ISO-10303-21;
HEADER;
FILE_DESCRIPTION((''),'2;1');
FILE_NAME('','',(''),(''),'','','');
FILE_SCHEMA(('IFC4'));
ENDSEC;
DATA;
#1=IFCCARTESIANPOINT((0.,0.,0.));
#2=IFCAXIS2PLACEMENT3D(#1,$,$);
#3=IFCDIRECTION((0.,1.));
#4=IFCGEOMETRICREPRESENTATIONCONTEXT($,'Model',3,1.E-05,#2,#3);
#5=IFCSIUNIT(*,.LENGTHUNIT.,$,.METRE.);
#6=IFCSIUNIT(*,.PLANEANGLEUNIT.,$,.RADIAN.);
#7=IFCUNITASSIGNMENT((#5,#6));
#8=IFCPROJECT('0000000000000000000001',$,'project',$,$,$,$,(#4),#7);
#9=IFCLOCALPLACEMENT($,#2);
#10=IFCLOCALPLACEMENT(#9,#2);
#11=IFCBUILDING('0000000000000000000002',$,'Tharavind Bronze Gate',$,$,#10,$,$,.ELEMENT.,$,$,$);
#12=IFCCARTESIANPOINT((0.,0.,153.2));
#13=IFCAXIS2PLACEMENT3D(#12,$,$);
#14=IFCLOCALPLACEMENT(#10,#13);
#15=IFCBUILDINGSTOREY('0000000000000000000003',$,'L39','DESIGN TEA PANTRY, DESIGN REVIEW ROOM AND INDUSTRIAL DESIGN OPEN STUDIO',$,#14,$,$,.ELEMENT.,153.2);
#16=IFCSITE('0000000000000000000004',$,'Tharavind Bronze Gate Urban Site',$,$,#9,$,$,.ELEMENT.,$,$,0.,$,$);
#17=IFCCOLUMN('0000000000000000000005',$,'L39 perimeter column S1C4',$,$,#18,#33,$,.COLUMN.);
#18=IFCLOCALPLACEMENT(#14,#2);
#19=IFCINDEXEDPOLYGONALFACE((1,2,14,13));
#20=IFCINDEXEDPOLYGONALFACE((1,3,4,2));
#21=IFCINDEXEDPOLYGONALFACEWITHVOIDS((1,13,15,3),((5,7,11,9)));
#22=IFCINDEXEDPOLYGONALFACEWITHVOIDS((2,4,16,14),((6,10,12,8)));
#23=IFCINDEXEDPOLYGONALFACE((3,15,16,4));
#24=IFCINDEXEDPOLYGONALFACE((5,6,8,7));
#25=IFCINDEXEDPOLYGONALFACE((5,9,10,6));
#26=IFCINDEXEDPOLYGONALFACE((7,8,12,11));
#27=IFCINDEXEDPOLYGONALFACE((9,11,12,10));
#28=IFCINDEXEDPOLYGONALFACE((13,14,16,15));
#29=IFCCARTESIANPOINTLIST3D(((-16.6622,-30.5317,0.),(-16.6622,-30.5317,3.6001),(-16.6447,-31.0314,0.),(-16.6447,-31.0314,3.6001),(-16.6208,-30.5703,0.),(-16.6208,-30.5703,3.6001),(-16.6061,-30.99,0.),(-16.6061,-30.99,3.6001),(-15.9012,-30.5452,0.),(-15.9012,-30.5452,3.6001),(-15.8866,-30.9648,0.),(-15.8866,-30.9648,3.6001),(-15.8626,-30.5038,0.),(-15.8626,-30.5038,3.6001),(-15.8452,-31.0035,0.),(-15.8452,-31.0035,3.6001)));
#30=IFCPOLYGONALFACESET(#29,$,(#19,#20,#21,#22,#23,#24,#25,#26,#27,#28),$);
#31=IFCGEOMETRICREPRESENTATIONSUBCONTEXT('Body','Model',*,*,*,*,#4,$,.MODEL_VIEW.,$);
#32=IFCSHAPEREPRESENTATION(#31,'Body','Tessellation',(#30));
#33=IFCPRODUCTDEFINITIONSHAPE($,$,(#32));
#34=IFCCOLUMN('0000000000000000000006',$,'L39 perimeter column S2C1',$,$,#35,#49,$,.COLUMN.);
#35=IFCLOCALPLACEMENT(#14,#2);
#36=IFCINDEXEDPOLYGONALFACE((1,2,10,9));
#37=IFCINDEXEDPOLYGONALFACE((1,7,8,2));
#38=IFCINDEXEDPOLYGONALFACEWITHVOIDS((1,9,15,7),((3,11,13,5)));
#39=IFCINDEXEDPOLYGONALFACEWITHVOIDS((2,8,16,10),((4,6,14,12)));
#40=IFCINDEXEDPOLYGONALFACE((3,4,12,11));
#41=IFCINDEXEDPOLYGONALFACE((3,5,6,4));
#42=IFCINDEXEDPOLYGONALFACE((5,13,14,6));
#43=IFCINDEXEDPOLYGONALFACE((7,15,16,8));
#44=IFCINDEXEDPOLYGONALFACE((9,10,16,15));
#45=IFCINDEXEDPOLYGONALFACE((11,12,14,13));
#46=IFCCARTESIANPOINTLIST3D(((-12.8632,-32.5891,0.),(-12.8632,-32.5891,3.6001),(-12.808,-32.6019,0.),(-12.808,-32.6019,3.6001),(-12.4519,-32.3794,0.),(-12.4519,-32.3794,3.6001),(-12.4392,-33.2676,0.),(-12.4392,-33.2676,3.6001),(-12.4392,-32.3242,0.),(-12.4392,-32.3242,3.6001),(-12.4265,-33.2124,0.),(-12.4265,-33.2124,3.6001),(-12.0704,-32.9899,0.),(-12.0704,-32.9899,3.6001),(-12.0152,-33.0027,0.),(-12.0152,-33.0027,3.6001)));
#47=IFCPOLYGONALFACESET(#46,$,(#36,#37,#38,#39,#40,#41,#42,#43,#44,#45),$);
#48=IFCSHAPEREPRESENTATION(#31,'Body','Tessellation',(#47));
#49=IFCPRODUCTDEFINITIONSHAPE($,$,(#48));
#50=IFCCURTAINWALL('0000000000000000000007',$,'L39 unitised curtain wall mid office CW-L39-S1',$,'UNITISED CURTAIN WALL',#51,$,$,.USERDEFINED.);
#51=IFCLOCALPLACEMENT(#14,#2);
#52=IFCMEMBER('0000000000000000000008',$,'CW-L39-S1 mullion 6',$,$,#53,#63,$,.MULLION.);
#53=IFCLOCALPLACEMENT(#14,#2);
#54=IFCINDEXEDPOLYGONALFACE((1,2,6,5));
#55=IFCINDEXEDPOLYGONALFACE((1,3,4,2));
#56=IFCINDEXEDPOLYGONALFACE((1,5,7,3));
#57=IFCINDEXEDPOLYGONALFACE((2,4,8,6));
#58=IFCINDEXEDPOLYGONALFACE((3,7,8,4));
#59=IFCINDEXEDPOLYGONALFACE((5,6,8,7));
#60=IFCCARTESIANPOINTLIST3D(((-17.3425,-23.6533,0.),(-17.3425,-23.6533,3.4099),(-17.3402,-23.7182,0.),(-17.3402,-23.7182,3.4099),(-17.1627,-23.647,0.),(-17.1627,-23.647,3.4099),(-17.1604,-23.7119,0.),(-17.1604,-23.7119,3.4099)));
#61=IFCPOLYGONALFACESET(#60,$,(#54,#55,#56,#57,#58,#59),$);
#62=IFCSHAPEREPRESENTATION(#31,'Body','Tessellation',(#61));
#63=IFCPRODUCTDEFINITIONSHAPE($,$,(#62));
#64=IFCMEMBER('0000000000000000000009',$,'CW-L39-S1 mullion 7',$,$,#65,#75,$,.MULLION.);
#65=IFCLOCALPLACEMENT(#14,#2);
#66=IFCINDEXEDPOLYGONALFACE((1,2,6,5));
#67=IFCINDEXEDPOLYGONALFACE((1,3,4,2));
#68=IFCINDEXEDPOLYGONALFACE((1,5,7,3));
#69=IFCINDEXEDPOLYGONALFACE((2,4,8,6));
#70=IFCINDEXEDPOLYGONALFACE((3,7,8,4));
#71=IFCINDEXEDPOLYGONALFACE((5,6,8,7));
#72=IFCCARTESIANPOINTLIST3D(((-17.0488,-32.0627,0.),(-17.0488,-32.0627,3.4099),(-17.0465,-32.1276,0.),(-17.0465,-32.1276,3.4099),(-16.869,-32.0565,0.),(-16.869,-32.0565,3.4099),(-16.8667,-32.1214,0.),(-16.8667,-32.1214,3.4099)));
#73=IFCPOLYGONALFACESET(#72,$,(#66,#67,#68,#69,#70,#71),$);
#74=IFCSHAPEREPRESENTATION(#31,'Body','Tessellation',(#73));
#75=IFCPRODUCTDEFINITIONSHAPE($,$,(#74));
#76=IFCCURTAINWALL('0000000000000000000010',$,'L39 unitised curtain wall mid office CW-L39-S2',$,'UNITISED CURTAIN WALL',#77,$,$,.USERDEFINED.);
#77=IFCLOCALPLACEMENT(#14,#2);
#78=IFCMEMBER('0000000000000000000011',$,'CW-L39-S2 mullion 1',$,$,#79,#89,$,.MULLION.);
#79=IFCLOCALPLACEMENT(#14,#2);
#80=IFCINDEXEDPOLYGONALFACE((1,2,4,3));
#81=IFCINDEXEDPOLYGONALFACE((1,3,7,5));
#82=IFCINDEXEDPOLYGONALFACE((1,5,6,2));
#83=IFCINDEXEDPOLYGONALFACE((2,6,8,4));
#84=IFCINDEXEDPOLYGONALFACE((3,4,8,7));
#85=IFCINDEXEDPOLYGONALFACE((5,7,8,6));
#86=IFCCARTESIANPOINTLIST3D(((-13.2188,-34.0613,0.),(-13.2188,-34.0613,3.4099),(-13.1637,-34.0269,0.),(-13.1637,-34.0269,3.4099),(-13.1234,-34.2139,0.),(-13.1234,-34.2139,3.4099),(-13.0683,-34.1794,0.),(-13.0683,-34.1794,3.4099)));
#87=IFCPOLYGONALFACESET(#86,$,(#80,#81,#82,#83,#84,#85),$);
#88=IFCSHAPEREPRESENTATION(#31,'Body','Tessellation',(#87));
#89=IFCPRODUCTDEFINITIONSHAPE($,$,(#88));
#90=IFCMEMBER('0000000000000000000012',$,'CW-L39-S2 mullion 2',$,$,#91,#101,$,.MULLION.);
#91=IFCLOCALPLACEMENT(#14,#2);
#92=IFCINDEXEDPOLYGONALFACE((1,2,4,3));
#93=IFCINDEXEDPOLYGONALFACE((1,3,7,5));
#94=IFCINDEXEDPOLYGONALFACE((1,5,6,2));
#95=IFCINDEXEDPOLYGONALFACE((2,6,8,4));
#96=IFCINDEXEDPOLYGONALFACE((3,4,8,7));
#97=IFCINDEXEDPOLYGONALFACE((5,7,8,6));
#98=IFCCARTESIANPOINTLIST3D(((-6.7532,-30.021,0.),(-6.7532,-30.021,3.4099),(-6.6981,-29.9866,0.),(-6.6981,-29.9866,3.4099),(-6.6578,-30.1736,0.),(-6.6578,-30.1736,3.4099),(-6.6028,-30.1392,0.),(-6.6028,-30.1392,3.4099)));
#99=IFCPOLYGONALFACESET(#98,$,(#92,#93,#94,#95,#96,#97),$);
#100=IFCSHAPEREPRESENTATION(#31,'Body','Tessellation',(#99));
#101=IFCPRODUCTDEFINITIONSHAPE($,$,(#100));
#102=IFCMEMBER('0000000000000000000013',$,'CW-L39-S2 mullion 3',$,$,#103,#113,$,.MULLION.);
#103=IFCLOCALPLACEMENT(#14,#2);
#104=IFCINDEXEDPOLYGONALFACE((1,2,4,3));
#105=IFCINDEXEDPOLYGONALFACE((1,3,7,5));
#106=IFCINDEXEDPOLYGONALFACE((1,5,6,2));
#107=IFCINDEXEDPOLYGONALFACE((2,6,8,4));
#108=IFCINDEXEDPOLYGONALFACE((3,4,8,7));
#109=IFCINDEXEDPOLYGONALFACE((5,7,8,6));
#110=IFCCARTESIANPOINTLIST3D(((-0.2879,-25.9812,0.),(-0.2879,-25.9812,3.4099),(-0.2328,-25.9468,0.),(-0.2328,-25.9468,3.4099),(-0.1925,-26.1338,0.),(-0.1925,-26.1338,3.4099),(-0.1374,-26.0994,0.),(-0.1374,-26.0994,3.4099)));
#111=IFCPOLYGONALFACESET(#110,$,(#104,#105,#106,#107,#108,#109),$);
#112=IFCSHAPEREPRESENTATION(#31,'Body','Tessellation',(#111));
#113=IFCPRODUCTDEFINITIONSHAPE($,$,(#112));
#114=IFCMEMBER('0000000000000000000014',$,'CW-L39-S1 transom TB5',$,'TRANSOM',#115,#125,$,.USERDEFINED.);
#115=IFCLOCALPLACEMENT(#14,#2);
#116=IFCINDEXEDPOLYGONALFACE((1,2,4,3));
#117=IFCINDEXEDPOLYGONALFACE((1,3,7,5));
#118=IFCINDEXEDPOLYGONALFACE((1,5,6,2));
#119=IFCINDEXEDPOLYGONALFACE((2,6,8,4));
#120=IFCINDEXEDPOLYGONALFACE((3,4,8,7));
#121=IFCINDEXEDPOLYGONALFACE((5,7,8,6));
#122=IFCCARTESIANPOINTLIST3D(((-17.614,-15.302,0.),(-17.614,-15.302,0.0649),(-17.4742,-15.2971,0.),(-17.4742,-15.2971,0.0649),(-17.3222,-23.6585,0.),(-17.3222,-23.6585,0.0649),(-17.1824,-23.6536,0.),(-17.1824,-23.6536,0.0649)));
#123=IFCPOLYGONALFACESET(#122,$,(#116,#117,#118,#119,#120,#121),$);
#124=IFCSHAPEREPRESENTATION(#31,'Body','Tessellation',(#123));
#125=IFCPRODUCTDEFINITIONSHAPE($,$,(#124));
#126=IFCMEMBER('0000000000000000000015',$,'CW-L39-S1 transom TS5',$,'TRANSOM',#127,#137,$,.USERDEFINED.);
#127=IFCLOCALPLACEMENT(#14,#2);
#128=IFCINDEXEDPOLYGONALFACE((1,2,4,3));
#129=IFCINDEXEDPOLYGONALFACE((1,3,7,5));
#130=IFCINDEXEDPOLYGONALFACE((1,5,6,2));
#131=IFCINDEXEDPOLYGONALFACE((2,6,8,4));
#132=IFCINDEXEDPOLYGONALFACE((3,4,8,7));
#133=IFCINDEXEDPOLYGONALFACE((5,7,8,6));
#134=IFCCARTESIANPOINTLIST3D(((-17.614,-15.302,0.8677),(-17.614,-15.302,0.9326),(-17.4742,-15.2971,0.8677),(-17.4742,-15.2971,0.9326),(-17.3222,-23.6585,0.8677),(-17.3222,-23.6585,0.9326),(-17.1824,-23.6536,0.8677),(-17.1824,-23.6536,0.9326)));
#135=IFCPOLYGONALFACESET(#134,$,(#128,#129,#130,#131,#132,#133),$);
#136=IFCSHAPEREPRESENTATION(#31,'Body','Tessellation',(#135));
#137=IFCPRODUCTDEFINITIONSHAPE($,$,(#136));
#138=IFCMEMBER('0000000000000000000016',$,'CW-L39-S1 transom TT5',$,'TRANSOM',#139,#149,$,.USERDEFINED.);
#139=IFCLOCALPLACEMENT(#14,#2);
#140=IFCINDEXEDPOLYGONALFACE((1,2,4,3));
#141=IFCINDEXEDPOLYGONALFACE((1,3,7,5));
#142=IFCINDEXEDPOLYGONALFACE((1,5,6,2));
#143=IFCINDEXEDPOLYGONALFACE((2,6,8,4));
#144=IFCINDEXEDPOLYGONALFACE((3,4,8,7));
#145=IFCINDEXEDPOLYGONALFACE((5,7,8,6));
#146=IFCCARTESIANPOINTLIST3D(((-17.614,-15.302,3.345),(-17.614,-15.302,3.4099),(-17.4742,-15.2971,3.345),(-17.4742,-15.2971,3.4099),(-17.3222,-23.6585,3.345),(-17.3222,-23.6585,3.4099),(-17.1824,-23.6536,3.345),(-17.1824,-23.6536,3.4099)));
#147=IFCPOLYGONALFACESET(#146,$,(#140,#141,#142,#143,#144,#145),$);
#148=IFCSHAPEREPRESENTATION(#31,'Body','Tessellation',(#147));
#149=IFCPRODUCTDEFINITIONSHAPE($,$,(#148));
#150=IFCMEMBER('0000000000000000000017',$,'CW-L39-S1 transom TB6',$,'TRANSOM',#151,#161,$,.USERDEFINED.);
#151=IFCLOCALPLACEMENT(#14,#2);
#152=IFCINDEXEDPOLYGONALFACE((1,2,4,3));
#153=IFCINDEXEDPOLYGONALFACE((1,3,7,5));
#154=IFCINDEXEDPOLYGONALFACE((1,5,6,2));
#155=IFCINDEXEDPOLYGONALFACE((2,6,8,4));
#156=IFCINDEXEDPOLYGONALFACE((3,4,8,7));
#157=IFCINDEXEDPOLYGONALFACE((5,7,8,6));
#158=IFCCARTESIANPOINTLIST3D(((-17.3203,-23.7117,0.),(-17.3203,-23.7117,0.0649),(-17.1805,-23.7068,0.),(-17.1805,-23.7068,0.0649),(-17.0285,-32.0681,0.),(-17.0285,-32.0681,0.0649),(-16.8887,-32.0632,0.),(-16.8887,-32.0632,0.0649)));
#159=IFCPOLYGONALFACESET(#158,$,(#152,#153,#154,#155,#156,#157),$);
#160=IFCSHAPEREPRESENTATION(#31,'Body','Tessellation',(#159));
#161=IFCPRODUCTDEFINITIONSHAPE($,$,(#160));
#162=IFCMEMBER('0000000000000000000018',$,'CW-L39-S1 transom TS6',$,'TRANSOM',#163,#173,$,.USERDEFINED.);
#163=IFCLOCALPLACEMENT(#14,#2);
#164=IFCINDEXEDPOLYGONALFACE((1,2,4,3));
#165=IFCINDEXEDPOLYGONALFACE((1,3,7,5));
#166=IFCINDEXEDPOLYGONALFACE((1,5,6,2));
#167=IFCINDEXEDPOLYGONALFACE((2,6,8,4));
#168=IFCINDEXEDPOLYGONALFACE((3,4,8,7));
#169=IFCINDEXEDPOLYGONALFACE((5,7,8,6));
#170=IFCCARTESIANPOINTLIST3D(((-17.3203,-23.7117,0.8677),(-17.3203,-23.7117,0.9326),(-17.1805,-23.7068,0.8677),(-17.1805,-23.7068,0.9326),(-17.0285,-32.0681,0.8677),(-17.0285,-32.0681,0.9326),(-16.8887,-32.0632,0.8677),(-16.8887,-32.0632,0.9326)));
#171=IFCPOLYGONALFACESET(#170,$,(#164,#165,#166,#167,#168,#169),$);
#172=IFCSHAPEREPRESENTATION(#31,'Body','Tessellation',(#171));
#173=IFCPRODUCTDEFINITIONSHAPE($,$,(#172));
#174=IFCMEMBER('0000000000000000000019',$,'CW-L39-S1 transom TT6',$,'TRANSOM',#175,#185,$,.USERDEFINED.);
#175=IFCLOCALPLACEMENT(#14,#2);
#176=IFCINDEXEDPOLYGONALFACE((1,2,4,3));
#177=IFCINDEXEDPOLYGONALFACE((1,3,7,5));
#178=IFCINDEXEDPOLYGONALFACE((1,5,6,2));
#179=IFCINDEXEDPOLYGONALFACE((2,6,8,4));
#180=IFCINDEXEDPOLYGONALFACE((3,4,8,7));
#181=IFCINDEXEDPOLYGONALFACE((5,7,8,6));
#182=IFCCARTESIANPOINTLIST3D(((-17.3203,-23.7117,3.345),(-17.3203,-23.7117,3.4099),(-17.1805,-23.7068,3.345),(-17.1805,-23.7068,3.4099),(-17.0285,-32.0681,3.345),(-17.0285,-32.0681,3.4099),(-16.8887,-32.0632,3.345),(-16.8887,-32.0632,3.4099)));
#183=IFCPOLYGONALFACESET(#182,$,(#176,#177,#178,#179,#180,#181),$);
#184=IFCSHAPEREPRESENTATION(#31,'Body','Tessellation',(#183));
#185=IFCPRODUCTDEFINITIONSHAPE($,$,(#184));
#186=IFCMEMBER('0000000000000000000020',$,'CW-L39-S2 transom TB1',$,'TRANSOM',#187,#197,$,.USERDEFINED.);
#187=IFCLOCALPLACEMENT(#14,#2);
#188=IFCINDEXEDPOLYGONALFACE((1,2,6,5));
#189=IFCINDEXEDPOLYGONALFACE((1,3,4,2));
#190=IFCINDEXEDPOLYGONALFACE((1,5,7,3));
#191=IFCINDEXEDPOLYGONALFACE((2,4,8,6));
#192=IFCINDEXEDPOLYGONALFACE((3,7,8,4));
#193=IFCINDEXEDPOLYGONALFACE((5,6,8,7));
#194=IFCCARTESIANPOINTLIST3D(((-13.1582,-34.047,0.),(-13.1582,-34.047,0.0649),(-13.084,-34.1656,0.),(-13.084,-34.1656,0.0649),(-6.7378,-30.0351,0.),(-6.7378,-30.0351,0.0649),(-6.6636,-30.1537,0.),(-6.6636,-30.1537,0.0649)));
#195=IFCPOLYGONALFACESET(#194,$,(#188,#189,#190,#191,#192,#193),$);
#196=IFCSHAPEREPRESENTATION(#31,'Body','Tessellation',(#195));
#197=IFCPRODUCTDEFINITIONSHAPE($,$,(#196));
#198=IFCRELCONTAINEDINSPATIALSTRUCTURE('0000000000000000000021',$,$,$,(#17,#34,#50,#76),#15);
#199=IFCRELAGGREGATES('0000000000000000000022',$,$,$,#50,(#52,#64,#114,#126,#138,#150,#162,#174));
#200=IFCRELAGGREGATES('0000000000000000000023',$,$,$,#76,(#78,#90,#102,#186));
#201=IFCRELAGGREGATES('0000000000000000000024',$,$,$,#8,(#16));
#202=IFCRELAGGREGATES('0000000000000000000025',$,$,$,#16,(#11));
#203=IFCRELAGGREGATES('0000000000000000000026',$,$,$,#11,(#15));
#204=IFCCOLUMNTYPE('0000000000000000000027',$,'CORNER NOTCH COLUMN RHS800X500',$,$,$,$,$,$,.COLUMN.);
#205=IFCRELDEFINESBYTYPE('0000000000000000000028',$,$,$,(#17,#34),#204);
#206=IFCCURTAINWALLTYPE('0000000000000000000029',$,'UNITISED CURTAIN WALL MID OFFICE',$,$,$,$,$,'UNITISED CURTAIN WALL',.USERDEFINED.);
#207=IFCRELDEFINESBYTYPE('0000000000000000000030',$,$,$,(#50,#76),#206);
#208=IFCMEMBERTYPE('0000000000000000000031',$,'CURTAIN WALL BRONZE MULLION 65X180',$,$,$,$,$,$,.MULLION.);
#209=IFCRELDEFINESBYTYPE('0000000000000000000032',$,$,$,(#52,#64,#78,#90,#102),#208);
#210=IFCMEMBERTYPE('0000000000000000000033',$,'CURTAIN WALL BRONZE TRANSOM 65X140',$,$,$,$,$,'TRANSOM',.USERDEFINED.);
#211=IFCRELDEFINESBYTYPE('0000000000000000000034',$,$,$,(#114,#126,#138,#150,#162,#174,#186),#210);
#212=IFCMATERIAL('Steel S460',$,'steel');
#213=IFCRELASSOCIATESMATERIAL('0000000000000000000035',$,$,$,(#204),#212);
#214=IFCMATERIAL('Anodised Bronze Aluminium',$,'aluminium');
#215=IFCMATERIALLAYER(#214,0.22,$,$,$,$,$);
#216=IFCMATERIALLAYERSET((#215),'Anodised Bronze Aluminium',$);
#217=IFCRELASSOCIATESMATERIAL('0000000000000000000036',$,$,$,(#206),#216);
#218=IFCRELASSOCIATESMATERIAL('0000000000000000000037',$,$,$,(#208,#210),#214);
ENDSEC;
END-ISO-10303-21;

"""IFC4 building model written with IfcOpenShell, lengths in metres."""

from ifc_helpers import new_model, si_unit, direction, frame, origin, origin_2d, place, context, subcontext, project, spatial, rectangle, hollow_rectangle, extrude, material, layer, layer_set, material_profile, profile_set, type_object, element, aggregate, save


model = new_model("IFC4")

# Units and contexts
model_context = context("Model", 3, precision=1e-05, world=origin(), true_north=direction((0.0, 1.0)))
body_context = subcontext(model_context, "Body", "Model", "MODEL_VIEW")
ifc_project = project(units=[si_unit("LENGTHUNIT", "METRE"), si_unit("PLANEANGLEUNIT", "RADIAN")], contexts=[model_context])

# Site, building, storey
site_placement = place(None, origin())
site = spatial("IfcSite", under=ifc_project, at=site_placement, Name="Tharavind Bronze Gate Urban Site", CompositionType="ELEMENT", RefElevation=0.0)
building_placement = place(site_placement, origin())
building = spatial("IfcBuilding", under=site, at=building_placement, Name="Tharavind Bronze Gate", CompositionType="ELEMENT")
storey_placement = place(building_placement, frame((0.0, 0.0, 153.2)))
storey = spatial("IfcBuildingStorey", under=building, at=storey_placement, Name="L39", Description="DESIGN TEA PANTRY, DESIGN REVIEW ROOM AND INDUSTRIAL DESIGN OPEN STUDIO", CompositionType="ELEMENT", Elevation=153.2)

# Columns
ifc_material_1 = material(Name="Steel S460", Category="steel")
ifc_material_profile_1 = material_profile(ifc_material_1, hollow_rectangle(XDim=0.5, YDim=0.8, WallThickness=0.04, at=origin_2d()), Name="RHS800X500X40")
ifc_profile_set_1 = profile_set([ifc_material_profile_1], Name="Steel S460")
column_type = type_object("IfcColumnType", Name="CORNER NOTCH COLUMN RHS800X500", PredefinedType="COLUMN", material=ifc_profile_set_1)
for number, where, z_axis, x_axis, name in (
    (1, (-16.2537, -30.7676, 0.0), (0.0, 0.0, 1.0), (-0.034899, 0.999391, 0.0), "L39 perimeter column S1C4"),
    (2, (-12.4392, -32.7959, 0.0), (0.0, 0.0, 1.0), (0.848047, 0.529921, 0.0), "L39 perimeter column S2C1"),
):
    element("IfcColumn", number, at=place(storey_placement, frame(where, z_axis=z_axis, x_axis=x_axis)), inside=storey, type_object=column_type, Name=name, PredefinedType="COLUMN", context=body_context, shape_type="SweptSolid", body=[
        extrude(hollow_rectangle(XDim=0.5, YDim=0.8, WallThickness=0.04, at=origin_2d()), origin(), (0.0, 0.0, 1.0), 3.6001),
    ])

# Curtain walls, members
ifc_material_2 = material(Name="Anodised Bronze Aluminium", Category="aluminium")
ifc_layer_1 = layer(ifc_material_2, 0.22)
ifc_layer_set_1 = layer_set([ifc_layer_1], Name="Anodised Bronze Aluminium")
curtain_wall_type = type_object("IfcCurtainWallType", Name="UNITISED CURTAIN WALL MID OFFICE", ElementType="UNITISED CURTAIN WALL", PredefinedType="USERDEFINED", material=ifc_layer_set_1)
curtain_wall_1_placement = place(storey_placement, origin())
curtain_wall_1 = element("IfcCurtainWall", 3, at=curtain_wall_1_placement, inside=storey, type_object=curtain_wall_type, Name="L39 unitised curtain wall mid office CW-L39-S1", ObjectType="UNITISED CURTAIN WALL", PredefinedType="USERDEFINED")
member_type_1 = type_object("IfcMemberType", Name="CURTAIN WALL BRONZE MULLION 65X180", PredefinedType="MULLION", material=ifc_material_2)
member_1_placement = place(storey_placement, frame((-17.2515, -23.6826, 0.0), z_axis=(0.0, 0.0, 1.0), x_axis=(0.034899, -0.999391, 0.0)))
member_1 = element("IfcMember", 4, at=member_1_placement, type_object=member_type_1, Name="CW-L39-S1 mullion 6", PredefinedType="MULLION", context=body_context, shape_type="SweptSolid", body=[
    extrude(rectangle(XDim=0.0649, YDim=0.1799, at=origin_2d()), origin(), (0.0, 0.0, 1.0), 3.4099),
])
member_2_placement = place(storey_placement, frame((-16.9578, -32.092, 0.0), z_axis=(0.0, 0.0, 1.0), x_axis=(0.034899, -0.999391, 0.0)))
member_2 = element("IfcMember", 5, at=member_2_placement, type_object=member_type_1, Name="CW-L39-S1 mullion 7", PredefinedType="MULLION", context=body_context, shape_type="SweptSolid", body=[
    extrude(rectangle(XDim=0.0649, YDim=0.1799, at=origin_2d()), origin(), (0.0, 0.0, 1.0), 3.4099),
])
curtain_wall_2_placement = place(storey_placement, origin())
curtain_wall_2 = element("IfcCurtainWall", 6, at=curtain_wall_2_placement, inside=storey, type_object=curtain_wall_type, Name="L39 unitised curtain wall mid office CW-L39-S2", ObjectType="UNITISED CURTAIN WALL", PredefinedType="USERDEFINED")
member_3_placement = place(storey_placement, frame((-13.1436, -34.1204, 0.0), z_axis=(0.0, 0.0, 1.0), x_axis=(0.848048, 0.529919, 0.0)))
member_3 = element("IfcMember", 7, at=member_3_placement, type_object=member_type_1, Name="CW-L39-S2 mullion 1", PredefinedType="MULLION", context=body_context, shape_type="SweptSolid", body=[
    extrude(rectangle(XDim=0.0649, YDim=0.1799, at=origin_2d()), origin(), (0.0, 0.0, 1.0), 3.4099),
])
member_4_placement = place(storey_placement, frame((-6.678, -30.0801, 0.0), z_axis=(0.0, 0.0, 1.0), x_axis=(0.848048, 0.529919, 0.0)))
member_4 = element("IfcMember", 8, at=member_4_placement, type_object=member_type_1, Name="CW-L39-S2 mullion 2", PredefinedType="MULLION", context=body_context, shape_type="SweptSolid", body=[
    extrude(rectangle(XDim=0.0649, YDim=0.1799, at=origin_2d()), origin(), (0.0, 0.0, 1.0), 3.4099),
])
member_5_placement = place(storey_placement, frame((-0.2126, -26.0403, 0.0), z_axis=(0.0, 0.0, 1.0), x_axis=(0.848048, 0.529919, 0.0)))
member_5 = element("IfcMember", 9, at=member_5_placement, type_object=member_type_1, Name="CW-L39-S2 mullion 3", PredefinedType="MULLION", context=body_context, shape_type="SweptSolid", body=[
    extrude(rectangle(XDim=0.0649, YDim=0.1799, at=origin_2d()), origin(), (0.0, 0.0, 1.0), 3.4099),
])

# Members
member_type_2 = type_object("IfcMemberType", Name="CURTAIN WALL BRONZE TRANSOM 65X140", ElementType="TRANSOM", PredefinedType="USERDEFINED", material=ifc_material_2)
member_6_placement = place(storey_placement, frame((-17.3982, -19.4778, 0.0), z_axis=(0.0, 0.0, 1.0), x_axis=(0.034899, -0.999391, 0.0)))
member_6 = element("IfcMember", 10, at=member_6_placement, type_object=member_type_2, Name="CW-L39-S1 transom TB5", ObjectType="TRANSOM", PredefinedType="USERDEFINED", context=body_context, shape_type="SweptSolid", body=[
    extrude(rectangle(XDim=8.3616, YDim=0.1399, at=origin_2d()), origin(), (0.0, 0.0, 1.0), 0.0649),
])
member_7_placement = place(storey_placement, frame((-17.3982, -19.4778, 0.8677), z_axis=(0.0, 0.0, 1.0), x_axis=(0.034899, -0.999391, 0.0)))
member_7 = element("IfcMember", 11, at=member_7_placement, type_object=member_type_2, Name="CW-L39-S1 transom TS5", ObjectType="TRANSOM", PredefinedType="USERDEFINED", context=body_context, shape_type="SweptSolid", body=[
    extrude(rectangle(XDim=8.3616, YDim=0.1399, at=origin_2d()), origin(), (0.0, 0.0, 1.0), 0.0649),
])
member_8_placement = place(storey_placement, frame((-17.3982, -19.4778, 3.345), z_axis=(0.0, 0.0, 1.0), x_axis=(0.034899, -0.999391, 0.0)))
member_8 = element("IfcMember", 12, at=member_8_placement, type_object=member_type_2, Name="CW-L39-S1 transom TT5", ObjectType="TRANSOM", PredefinedType="USERDEFINED", context=body_context, shape_type="SweptSolid", body=[
    extrude(rectangle(XDim=8.3616, YDim=0.1399, at=origin_2d()), origin(), (0.0, 0.0, 1.0), 0.0649),
])
member_9_placement = place(storey_placement, frame((-17.1045, -27.8875, 0.0), z_axis=(0.0, 0.0, 1.0), x_axis=(0.034899, -0.999391, 0.0)))
member_9 = element("IfcMember", 13, at=member_9_placement, type_object=member_type_2, Name="CW-L39-S1 transom TB6", ObjectType="TRANSOM", PredefinedType="USERDEFINED", context=body_context, shape_type="SweptSolid", body=[
    extrude(rectangle(XDim=8.3616, YDim=0.1399, at=origin_2d()), origin(), (0.0, 0.0, 1.0), 0.0649),
])
member_10_placement = place(storey_placement, frame((-17.1045, -27.8875, 0.8677), z_axis=(0.0, 0.0, 1.0), x_axis=(0.034899, -0.999391, 0.0)))
member_10 = element("IfcMember", 14, at=member_10_placement, type_object=member_type_2, Name="CW-L39-S1 transom TS6", ObjectType="TRANSOM", PredefinedType="USERDEFINED", context=body_context, shape_type="SweptSolid", body=[
    extrude(rectangle(XDim=8.3616, YDim=0.1399, at=origin_2d()), origin(), (0.0, 0.0, 1.0), 0.0649),
])
member_11_placement = place(storey_placement, frame((-17.1045, -27.8875, 3.345), z_axis=(0.0, 0.0, 1.0), x_axis=(0.034899, -0.999391, 0.0)))
member_11 = element("IfcMember", 15, at=member_11_placement, type_object=member_type_2, Name="CW-L39-S1 transom TT6", ObjectType="TRANSOM", PredefinedType="USERDEFINED", context=body_context, shape_type="SweptSolid", body=[
    extrude(rectangle(XDim=8.3616, YDim=0.1399, at=origin_2d()), origin(), (0.0, 0.0, 1.0), 0.0649),
])
member_12_placement = place(storey_placement, frame((-9.9109, -32.1003, 0.0), z_axis=(0.0, 0.0, 1.0), x_axis=(0.848048, 0.529919, 0.0)))
member_12 = element("IfcMember", 16, at=member_12_placement, type_object=member_type_2, Name="CW-L39-S2 transom TB1", ObjectType="TRANSOM", PredefinedType="USERDEFINED", context=body_context, shape_type="SweptSolid", body=[
    extrude(rectangle(XDim=7.5708, YDim=0.1399, at=origin_2d()), origin(), (0.0, 0.0, 1.0), 0.0649),
])

aggregate(curtain_wall_1, [member_1, member_2, member_6, member_7, member_8, member_9, member_10, member_11])
aggregate(curtain_wall_2, [member_3, member_4, member_5, member_12])

save(model, "model.ifc")
